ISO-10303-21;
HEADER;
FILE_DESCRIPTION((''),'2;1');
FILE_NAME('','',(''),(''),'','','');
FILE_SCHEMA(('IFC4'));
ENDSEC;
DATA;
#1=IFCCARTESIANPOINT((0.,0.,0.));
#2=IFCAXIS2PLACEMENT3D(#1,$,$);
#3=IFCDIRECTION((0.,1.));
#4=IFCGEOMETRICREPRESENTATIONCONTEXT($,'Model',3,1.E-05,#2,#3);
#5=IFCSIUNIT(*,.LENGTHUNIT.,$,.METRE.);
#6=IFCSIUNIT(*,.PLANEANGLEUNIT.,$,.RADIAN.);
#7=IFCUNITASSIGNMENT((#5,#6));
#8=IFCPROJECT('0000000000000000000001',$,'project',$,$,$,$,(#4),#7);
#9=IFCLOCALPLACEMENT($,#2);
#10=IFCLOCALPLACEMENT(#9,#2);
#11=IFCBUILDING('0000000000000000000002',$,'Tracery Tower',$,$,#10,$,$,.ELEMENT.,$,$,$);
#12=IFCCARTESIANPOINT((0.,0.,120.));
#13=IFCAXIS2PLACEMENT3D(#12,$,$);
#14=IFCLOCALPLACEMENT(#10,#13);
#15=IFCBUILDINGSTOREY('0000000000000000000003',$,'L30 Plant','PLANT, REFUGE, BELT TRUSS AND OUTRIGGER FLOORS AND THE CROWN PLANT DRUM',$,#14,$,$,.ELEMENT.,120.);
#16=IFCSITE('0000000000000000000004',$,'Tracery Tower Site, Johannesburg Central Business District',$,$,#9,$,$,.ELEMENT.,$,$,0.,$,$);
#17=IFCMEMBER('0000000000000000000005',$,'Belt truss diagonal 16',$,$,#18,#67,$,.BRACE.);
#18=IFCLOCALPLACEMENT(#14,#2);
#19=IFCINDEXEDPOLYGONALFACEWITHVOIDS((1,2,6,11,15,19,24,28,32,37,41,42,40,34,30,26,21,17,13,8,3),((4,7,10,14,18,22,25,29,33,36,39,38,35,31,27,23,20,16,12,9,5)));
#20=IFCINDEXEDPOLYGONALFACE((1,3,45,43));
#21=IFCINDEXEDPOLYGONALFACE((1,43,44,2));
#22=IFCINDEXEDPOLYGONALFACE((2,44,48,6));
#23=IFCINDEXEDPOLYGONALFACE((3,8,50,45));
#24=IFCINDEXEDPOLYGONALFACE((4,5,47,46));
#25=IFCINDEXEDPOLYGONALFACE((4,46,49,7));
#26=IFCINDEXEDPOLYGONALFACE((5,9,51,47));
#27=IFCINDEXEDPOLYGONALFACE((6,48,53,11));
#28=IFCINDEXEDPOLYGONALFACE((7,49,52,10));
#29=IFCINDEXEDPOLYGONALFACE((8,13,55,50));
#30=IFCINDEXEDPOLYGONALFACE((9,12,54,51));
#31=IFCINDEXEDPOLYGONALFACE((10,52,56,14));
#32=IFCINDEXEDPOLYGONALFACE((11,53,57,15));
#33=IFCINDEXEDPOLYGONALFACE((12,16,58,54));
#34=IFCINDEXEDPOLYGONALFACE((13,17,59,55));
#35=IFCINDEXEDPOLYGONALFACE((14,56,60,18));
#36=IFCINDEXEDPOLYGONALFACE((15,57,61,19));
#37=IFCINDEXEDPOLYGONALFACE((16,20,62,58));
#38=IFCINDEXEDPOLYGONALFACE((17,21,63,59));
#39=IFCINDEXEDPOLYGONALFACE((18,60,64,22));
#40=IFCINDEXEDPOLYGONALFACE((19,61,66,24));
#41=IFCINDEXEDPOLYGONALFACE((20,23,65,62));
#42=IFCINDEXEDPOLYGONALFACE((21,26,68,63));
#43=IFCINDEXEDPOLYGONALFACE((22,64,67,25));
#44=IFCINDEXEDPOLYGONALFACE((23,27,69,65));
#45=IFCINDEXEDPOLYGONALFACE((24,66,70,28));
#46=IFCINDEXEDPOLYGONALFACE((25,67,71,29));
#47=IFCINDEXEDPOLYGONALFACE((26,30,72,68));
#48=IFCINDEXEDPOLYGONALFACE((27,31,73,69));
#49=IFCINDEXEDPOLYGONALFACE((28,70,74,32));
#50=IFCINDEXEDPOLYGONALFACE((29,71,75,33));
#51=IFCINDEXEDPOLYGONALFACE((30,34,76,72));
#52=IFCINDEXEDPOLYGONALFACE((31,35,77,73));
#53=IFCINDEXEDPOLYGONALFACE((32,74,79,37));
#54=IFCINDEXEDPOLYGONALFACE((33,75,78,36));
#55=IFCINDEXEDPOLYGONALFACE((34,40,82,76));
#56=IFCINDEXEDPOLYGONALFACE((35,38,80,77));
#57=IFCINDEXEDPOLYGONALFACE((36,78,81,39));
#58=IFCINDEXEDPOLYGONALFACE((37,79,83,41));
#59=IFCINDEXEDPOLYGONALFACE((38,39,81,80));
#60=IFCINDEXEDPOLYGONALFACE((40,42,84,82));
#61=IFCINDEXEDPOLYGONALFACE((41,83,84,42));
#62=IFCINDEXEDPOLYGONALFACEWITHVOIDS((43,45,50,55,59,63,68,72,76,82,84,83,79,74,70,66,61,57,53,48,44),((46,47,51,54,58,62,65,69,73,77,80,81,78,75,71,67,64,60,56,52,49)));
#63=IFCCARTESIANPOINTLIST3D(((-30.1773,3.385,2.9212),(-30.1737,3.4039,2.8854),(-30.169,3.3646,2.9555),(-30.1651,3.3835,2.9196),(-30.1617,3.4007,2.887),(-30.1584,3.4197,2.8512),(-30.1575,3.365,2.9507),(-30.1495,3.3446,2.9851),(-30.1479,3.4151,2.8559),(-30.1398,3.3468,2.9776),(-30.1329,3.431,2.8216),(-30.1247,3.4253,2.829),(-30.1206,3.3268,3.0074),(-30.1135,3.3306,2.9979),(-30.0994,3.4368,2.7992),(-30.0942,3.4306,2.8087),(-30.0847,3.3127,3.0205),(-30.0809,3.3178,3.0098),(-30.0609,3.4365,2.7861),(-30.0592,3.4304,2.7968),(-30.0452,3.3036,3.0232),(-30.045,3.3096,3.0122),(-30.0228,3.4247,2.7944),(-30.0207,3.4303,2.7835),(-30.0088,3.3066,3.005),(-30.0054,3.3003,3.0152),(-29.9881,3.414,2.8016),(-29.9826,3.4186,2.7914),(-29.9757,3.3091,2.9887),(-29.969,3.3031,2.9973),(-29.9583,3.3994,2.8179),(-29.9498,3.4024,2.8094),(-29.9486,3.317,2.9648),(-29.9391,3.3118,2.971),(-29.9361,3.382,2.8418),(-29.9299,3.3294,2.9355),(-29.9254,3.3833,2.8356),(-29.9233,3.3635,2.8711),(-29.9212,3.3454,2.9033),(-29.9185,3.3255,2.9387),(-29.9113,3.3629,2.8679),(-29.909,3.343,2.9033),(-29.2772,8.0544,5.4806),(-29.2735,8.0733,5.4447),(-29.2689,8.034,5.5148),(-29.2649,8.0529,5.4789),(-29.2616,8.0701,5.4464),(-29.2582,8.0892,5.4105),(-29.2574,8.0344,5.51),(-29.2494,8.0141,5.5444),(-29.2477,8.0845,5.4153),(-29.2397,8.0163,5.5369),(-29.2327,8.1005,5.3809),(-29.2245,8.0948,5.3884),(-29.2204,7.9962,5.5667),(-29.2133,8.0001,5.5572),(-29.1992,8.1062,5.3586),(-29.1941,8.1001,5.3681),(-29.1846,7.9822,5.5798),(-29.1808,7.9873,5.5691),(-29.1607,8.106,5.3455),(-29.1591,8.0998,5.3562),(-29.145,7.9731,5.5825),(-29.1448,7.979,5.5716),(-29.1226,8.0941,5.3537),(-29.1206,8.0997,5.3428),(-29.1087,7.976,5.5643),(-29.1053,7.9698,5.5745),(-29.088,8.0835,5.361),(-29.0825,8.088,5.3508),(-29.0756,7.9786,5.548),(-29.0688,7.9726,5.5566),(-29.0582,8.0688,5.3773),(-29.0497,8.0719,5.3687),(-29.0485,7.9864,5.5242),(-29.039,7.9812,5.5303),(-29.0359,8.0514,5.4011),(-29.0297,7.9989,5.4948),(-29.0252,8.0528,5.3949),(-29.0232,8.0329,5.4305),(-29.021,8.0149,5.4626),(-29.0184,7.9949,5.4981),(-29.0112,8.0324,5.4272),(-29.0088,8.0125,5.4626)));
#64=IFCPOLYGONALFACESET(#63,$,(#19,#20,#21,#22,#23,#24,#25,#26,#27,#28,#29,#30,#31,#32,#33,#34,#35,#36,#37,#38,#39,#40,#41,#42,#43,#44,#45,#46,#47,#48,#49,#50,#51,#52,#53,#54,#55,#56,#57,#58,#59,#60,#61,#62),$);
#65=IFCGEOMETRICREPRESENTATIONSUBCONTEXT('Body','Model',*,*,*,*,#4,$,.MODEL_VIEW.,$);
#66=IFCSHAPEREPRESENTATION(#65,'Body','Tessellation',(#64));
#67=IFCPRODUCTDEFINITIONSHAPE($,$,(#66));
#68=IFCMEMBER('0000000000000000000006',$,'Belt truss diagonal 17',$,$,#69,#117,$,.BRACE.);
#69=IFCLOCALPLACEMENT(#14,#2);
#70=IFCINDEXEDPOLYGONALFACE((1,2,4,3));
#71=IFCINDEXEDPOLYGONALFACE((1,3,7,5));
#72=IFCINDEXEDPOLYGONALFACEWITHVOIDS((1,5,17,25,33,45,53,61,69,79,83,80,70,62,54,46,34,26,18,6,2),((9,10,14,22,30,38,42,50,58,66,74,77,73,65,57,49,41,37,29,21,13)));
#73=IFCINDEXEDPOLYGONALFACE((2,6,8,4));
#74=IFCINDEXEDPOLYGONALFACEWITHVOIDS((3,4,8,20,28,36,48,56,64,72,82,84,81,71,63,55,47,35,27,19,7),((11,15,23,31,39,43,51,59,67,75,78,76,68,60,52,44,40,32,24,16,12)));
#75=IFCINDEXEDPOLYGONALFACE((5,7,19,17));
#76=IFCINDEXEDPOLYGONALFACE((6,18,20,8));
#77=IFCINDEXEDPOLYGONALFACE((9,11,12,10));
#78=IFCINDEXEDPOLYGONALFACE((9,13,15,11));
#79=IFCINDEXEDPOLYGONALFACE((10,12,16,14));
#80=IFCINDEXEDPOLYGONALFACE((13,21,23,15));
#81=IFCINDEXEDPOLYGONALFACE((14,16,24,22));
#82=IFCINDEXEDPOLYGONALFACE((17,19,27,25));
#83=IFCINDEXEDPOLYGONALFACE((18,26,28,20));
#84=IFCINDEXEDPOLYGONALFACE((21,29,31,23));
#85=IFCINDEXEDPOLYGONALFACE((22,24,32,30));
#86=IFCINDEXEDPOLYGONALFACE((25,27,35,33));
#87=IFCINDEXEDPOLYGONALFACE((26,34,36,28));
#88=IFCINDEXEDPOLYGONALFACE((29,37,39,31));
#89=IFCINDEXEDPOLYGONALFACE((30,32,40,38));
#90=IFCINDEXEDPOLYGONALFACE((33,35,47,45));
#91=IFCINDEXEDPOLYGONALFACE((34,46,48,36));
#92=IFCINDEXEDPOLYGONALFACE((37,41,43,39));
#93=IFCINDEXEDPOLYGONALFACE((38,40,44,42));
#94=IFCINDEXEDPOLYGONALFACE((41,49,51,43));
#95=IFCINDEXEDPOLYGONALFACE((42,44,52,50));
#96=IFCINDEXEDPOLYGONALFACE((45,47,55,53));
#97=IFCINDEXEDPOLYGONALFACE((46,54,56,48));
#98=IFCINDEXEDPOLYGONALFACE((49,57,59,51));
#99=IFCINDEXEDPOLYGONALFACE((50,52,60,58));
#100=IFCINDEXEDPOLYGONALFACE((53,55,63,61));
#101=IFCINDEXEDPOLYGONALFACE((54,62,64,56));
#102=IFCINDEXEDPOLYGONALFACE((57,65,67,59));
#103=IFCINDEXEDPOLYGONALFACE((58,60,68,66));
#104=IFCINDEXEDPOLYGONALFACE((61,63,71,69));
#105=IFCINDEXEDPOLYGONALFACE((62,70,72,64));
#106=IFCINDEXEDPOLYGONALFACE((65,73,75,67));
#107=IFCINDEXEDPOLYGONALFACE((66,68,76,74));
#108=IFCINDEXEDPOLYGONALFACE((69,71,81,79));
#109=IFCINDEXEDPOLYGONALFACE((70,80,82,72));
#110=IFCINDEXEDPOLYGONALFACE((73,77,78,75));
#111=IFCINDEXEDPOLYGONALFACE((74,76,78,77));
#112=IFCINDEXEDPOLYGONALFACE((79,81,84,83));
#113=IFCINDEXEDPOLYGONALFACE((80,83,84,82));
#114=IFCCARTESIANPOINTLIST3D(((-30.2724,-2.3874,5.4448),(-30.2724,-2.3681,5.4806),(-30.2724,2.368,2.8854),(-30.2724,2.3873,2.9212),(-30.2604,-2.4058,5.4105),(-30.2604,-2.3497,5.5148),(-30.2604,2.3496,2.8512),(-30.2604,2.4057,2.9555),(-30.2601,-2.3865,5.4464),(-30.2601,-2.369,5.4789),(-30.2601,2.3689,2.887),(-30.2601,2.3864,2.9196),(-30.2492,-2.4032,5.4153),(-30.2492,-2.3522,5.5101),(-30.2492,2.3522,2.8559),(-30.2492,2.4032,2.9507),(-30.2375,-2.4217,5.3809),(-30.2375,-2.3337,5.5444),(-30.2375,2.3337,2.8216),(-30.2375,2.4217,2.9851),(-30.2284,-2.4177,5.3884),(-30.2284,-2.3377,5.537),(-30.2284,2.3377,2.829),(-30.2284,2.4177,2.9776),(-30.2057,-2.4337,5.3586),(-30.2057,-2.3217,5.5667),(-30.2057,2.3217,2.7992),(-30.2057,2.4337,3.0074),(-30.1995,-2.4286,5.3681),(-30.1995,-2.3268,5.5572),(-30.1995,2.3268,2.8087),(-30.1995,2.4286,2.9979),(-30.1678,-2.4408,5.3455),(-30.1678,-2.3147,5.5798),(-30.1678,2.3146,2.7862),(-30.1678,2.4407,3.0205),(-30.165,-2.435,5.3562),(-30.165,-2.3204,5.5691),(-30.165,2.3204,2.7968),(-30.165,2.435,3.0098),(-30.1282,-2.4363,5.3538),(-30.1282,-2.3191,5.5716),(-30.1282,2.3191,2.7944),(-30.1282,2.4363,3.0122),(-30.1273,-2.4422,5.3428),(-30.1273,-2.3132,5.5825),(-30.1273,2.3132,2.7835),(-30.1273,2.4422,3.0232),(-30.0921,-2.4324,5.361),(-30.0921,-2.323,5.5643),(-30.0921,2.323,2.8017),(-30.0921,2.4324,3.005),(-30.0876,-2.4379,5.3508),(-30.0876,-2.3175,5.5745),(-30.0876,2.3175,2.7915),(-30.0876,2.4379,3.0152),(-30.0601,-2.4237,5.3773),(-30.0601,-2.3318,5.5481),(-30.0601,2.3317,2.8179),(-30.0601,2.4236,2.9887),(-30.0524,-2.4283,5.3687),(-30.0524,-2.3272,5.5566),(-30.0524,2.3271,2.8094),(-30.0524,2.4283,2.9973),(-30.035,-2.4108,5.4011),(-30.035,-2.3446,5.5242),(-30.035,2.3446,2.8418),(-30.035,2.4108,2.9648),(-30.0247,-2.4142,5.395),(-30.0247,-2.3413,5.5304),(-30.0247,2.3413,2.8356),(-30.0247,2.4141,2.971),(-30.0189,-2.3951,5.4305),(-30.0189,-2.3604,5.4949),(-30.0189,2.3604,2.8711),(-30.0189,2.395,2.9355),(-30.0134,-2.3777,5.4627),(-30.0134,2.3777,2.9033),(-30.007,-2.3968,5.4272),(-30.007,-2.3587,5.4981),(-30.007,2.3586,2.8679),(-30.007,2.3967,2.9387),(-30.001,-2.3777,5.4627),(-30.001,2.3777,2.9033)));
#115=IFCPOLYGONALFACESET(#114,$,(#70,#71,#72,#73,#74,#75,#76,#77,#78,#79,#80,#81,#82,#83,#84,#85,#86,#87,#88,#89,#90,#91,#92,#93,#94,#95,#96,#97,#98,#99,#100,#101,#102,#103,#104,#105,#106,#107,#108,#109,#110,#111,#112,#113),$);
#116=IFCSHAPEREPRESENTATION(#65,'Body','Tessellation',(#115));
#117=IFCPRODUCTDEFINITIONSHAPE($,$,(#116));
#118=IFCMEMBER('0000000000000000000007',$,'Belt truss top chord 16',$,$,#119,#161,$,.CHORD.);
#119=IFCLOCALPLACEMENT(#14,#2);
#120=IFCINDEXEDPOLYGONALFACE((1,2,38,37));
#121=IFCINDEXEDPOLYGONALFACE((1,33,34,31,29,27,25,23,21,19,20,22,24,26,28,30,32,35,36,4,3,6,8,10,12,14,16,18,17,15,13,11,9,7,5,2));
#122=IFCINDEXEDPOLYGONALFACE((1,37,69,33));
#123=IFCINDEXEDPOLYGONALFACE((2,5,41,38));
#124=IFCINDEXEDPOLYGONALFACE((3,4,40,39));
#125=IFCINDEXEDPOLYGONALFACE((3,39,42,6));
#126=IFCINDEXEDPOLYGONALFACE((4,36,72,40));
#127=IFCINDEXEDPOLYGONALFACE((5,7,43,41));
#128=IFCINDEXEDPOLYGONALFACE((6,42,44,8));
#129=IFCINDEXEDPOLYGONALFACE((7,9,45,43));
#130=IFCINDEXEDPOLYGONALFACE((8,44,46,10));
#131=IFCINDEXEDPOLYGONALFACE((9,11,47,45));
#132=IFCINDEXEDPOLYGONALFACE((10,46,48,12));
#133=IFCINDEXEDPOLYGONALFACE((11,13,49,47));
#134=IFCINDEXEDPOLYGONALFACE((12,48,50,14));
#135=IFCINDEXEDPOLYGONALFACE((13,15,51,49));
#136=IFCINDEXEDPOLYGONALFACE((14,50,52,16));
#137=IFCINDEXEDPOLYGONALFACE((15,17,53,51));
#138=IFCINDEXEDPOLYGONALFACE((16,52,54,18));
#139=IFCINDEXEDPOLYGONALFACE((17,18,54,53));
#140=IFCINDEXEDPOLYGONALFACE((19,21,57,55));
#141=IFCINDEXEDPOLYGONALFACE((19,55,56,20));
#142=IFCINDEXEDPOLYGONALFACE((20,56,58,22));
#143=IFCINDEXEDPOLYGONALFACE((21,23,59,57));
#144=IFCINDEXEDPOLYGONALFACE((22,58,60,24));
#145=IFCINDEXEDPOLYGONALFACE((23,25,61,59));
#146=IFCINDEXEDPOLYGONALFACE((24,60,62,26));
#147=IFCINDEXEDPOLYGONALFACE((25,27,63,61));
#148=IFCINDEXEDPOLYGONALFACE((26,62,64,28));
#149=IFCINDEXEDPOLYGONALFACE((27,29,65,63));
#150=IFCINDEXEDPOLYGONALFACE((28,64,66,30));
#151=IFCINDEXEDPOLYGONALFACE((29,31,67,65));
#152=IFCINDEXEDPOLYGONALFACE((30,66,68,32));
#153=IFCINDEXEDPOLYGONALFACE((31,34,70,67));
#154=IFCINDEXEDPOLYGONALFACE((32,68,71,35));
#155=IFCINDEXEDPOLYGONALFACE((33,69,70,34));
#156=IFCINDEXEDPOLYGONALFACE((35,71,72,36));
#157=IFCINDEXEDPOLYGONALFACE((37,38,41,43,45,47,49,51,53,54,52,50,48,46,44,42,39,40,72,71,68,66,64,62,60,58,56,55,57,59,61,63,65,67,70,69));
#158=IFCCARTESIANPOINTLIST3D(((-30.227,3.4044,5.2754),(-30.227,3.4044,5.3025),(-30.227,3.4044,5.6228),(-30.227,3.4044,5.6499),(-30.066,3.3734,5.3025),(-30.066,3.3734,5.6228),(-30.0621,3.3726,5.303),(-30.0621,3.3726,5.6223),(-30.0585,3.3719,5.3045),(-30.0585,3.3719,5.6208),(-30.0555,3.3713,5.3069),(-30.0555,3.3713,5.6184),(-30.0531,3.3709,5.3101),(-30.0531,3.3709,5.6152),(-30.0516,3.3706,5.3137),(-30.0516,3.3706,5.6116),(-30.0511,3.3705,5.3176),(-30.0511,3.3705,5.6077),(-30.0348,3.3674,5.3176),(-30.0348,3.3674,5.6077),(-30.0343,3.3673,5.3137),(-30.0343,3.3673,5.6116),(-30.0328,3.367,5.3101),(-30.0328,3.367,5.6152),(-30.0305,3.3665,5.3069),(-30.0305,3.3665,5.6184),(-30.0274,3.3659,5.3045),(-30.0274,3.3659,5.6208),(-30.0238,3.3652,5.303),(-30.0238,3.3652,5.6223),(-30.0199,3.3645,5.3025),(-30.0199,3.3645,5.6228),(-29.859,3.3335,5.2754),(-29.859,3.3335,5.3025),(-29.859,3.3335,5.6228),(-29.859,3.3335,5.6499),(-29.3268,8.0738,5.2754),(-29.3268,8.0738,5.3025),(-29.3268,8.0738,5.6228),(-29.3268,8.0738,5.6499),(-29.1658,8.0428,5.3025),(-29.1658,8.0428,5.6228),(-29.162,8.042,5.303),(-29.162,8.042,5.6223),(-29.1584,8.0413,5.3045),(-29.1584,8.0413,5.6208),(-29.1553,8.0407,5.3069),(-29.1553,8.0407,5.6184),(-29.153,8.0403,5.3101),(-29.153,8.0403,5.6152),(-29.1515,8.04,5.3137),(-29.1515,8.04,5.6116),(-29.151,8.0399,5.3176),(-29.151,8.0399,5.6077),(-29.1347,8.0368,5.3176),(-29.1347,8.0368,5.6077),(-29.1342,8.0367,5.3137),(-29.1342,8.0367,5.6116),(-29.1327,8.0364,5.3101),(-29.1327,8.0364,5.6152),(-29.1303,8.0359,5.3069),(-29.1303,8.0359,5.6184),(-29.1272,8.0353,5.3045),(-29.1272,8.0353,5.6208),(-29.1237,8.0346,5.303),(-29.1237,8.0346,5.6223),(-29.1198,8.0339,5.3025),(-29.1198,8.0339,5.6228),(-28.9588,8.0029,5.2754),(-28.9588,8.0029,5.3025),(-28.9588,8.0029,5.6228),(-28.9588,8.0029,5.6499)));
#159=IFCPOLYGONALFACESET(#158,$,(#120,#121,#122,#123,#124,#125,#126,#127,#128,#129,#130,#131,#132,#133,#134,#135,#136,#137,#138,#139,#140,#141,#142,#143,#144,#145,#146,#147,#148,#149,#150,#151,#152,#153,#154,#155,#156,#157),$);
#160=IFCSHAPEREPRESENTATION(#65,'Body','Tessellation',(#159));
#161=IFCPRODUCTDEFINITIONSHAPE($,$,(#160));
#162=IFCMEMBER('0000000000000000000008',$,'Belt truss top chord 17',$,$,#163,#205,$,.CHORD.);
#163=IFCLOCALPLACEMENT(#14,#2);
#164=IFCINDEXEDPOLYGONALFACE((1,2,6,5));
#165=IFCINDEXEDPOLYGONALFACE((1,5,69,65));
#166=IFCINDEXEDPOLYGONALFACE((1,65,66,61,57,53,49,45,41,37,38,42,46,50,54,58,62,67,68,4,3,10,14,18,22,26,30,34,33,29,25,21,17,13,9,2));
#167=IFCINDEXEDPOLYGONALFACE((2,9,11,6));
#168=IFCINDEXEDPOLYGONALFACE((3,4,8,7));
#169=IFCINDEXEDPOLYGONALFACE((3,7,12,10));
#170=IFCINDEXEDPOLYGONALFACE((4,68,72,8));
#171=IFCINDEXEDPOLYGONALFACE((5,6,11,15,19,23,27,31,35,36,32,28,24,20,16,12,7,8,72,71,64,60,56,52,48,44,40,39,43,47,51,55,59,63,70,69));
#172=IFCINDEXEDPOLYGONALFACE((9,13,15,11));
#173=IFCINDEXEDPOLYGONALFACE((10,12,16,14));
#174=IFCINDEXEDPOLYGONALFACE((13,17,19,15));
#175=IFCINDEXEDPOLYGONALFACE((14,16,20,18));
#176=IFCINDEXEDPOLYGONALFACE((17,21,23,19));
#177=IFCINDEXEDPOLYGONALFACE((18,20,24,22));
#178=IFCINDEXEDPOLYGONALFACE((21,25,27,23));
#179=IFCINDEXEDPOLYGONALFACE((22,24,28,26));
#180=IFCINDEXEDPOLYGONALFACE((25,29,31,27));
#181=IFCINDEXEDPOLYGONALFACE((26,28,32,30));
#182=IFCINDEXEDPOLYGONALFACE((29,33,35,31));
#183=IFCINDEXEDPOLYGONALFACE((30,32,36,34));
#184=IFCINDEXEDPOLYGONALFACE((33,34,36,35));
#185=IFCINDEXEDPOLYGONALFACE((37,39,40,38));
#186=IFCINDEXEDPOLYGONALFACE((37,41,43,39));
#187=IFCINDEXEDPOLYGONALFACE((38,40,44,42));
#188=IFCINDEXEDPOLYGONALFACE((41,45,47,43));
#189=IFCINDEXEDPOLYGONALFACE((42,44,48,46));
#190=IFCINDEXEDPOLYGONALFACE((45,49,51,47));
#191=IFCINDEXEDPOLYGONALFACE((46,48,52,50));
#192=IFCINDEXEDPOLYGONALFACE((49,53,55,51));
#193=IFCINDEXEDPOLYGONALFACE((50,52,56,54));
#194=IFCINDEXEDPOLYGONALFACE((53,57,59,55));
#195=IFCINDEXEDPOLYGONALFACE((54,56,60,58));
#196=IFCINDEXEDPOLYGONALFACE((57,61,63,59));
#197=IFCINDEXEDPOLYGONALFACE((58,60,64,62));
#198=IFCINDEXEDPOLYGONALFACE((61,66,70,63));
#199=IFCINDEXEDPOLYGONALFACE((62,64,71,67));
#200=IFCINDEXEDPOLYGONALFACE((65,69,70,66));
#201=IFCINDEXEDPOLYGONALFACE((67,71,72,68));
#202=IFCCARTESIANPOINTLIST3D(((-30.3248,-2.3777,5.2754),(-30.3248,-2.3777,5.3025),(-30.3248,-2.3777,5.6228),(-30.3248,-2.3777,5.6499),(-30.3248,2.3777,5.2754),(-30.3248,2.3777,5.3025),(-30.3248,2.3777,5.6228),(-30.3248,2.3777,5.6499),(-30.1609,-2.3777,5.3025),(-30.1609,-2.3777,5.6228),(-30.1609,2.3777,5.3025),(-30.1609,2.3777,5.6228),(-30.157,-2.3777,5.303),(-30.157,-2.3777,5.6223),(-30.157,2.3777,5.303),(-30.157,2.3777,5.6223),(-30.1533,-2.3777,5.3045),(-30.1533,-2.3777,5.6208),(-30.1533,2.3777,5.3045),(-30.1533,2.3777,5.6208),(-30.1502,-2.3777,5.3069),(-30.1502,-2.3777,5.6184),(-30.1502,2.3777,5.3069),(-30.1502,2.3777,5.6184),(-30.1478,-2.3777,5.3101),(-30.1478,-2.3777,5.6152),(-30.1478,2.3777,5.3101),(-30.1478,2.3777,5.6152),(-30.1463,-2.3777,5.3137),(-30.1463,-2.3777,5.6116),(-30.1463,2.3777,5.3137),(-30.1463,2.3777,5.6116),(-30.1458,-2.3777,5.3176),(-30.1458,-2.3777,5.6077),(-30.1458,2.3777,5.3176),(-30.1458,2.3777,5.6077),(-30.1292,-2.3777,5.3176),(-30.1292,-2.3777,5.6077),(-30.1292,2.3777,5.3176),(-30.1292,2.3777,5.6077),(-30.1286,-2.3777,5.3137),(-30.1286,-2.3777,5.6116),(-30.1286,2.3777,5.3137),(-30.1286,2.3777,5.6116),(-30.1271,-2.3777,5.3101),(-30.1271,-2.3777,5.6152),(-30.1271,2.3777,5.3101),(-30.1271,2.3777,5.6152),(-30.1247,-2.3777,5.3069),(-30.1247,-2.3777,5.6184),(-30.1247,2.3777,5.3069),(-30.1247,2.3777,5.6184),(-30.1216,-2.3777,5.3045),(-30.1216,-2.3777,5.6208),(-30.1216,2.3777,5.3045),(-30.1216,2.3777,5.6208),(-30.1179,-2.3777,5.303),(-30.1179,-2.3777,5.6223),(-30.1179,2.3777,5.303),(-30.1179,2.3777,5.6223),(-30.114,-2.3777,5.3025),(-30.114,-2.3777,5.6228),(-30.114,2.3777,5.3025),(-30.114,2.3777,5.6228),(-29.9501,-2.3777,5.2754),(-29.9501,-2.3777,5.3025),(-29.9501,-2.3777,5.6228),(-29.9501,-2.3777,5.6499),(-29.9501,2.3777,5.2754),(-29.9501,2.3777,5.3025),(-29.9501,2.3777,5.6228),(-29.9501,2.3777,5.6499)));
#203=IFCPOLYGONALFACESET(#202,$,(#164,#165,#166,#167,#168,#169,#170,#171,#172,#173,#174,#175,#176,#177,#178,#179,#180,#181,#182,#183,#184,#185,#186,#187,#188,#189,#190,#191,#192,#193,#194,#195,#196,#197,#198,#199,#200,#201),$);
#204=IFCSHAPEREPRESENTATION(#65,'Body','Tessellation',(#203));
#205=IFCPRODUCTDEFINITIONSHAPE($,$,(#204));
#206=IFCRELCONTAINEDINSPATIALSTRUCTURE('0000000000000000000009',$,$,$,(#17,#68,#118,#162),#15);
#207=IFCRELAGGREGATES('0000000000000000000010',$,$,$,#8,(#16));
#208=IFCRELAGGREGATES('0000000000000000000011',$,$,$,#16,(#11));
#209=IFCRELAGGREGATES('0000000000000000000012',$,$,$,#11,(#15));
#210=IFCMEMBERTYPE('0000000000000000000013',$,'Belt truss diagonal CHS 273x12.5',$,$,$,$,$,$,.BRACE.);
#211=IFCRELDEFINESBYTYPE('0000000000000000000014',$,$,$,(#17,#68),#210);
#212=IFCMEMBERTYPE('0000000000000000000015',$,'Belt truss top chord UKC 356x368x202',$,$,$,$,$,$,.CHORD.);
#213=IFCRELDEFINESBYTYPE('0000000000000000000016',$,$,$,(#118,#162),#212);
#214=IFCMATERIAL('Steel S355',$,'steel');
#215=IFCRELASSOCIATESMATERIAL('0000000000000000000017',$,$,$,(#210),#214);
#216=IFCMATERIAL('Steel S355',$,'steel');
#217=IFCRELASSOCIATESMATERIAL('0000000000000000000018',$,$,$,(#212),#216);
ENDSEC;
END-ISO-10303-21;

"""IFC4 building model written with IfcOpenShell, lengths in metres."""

from ifc_helpers import new_model, si_unit, direction, frame, origin, origin_2d, place, context, subcontext, project, spatial, hollow_circle, i_section, extrude, material, material_profile, profile_set, type_object, element, save


model = new_model("IFC4")

# Units and contexts
model_context = context("Model", 3, precision=1e-05, world=origin(), true_north=direction((0.0, 1.0)))
body_context = subcontext(model_context, "Body", "Model", "MODEL_VIEW")
ifc_project = project(units=[si_unit("LENGTHUNIT", "METRE"), si_unit("PLANEANGLEUNIT", "RADIAN")], contexts=[model_context])

# Site, building, storey
site_placement = place(None, origin())
site = spatial("IfcSite", under=ifc_project, at=site_placement, Name="Tracery Tower Site, Johannesburg Central Business District", CompositionType="ELEMENT", RefElevation=0.0)
building_placement = place(site_placement, origin())
building = spatial("IfcBuilding", under=site, at=building_placement, Name="Tracery Tower", CompositionType="ELEMENT")
storey_placement = place(building_placement, frame((0.0, 0.0, 120.0)))
storey = spatial("IfcBuildingStorey", under=building, at=storey_placement, Name="L30 Plant", Description="PLANT, REFUGE, BELT TRUSS AND OUTRIGGER FLOORS AND THE CROWN PLANT DRUM", CompositionType="ELEMENT", Elevation=120.0)

# Members
ifc_material_1 = material(Name="Steel S355", Category="steel")
ifc_material_profile_1 = material_profile(ifc_material_1, hollow_circle(Radius=0.1365, WallThickness=0.0125, at=origin_2d()), Name="CHS 273x12.5")
ifc_profile_set_1 = profile_set([ifc_material_profile_1], Name="Steel S355")
member_type_1 = type_object("IfcMemberType", Name="Belt truss diagonal CHS 273x12.5", PredefinedType="BRACE", material=ifc_profile_set_1)
for number, where, z_axis, x_axis, name in (
    (1, (-29.1428, 8.0383, 5.4626), (-0.166682, -0.86465, -0.473917), (0.981921, -0.189289, 0.0), "Belt truss diagonal 16"),
    (2, (-30.1375, 2.3777, 2.9033), (0.0, -0.880568, 0.473919), (1.0, 0.0, 0.0), "Belt truss diagonal 17"),
):
    element("IfcMember", number, at=place(storey_placement, frame(where, z_axis=z_axis, x_axis=x_axis)), inside=storey, type_object=member_type_1, Name=name, PredefinedType="BRACE", context=body_context, shape_type="SweptSolid", body=[
        extrude(hollow_circle(Radius=0.1365, WallThickness=0.0125, at=origin_2d()), origin(), (0.0, 0.0, 1.0), 5.4004),
    ])
ifc_material_2 = material(Name="Steel S355", Category="steel")
ifc_material_profile_2 = material_profile(ifc_material_2, i_section(OverallWidth=0.3748, OverallDepth=0.3745, WebThickness=0.0166, FlangeThickness=0.0271, FilletRadius=0.0151, at=origin_2d()), Name="UKC 356x368x202")
ifc_profile_set_2 = profile_set([ifc_material_profile_2], Name="Steel S355")
member_type_2 = type_object("IfcMemberType", Name="Belt truss top chord UKC 356x368x202", PredefinedType="CHORD", material=ifc_profile_set_2)
for number, where, z_axis, x_axis, name in (
    (3, (-29.1428, 8.0383, 5.4626), (-0.189289, -0.981921, 0.0), (0.981921, -0.189289, 0.0), "Belt truss top chord 16"),
    (4, (-30.1375, 2.3777, 5.4626), (0.0, -1.0, 0.0), (1.0, 0.0, 0.0), "Belt truss top chord 17"),
):
    element("IfcMember", number, at=place(storey_placement, frame(where, z_axis=z_axis, x_axis=x_axis)), inside=storey, type_object=member_type_2, Name=name, PredefinedType="CHORD", context=body_context, shape_type="SweptSolid", body=[
        extrude(i_section(OverallWidth=0.3748, OverallDepth=0.3745, WebThickness=0.0166, FlangeThickness=0.0271, FilletRadius=0.0151, at=origin_2d()), origin(), (0.0, 0.0, 1.0), 4.7554),
    ])

save(model, "model.ifc")
